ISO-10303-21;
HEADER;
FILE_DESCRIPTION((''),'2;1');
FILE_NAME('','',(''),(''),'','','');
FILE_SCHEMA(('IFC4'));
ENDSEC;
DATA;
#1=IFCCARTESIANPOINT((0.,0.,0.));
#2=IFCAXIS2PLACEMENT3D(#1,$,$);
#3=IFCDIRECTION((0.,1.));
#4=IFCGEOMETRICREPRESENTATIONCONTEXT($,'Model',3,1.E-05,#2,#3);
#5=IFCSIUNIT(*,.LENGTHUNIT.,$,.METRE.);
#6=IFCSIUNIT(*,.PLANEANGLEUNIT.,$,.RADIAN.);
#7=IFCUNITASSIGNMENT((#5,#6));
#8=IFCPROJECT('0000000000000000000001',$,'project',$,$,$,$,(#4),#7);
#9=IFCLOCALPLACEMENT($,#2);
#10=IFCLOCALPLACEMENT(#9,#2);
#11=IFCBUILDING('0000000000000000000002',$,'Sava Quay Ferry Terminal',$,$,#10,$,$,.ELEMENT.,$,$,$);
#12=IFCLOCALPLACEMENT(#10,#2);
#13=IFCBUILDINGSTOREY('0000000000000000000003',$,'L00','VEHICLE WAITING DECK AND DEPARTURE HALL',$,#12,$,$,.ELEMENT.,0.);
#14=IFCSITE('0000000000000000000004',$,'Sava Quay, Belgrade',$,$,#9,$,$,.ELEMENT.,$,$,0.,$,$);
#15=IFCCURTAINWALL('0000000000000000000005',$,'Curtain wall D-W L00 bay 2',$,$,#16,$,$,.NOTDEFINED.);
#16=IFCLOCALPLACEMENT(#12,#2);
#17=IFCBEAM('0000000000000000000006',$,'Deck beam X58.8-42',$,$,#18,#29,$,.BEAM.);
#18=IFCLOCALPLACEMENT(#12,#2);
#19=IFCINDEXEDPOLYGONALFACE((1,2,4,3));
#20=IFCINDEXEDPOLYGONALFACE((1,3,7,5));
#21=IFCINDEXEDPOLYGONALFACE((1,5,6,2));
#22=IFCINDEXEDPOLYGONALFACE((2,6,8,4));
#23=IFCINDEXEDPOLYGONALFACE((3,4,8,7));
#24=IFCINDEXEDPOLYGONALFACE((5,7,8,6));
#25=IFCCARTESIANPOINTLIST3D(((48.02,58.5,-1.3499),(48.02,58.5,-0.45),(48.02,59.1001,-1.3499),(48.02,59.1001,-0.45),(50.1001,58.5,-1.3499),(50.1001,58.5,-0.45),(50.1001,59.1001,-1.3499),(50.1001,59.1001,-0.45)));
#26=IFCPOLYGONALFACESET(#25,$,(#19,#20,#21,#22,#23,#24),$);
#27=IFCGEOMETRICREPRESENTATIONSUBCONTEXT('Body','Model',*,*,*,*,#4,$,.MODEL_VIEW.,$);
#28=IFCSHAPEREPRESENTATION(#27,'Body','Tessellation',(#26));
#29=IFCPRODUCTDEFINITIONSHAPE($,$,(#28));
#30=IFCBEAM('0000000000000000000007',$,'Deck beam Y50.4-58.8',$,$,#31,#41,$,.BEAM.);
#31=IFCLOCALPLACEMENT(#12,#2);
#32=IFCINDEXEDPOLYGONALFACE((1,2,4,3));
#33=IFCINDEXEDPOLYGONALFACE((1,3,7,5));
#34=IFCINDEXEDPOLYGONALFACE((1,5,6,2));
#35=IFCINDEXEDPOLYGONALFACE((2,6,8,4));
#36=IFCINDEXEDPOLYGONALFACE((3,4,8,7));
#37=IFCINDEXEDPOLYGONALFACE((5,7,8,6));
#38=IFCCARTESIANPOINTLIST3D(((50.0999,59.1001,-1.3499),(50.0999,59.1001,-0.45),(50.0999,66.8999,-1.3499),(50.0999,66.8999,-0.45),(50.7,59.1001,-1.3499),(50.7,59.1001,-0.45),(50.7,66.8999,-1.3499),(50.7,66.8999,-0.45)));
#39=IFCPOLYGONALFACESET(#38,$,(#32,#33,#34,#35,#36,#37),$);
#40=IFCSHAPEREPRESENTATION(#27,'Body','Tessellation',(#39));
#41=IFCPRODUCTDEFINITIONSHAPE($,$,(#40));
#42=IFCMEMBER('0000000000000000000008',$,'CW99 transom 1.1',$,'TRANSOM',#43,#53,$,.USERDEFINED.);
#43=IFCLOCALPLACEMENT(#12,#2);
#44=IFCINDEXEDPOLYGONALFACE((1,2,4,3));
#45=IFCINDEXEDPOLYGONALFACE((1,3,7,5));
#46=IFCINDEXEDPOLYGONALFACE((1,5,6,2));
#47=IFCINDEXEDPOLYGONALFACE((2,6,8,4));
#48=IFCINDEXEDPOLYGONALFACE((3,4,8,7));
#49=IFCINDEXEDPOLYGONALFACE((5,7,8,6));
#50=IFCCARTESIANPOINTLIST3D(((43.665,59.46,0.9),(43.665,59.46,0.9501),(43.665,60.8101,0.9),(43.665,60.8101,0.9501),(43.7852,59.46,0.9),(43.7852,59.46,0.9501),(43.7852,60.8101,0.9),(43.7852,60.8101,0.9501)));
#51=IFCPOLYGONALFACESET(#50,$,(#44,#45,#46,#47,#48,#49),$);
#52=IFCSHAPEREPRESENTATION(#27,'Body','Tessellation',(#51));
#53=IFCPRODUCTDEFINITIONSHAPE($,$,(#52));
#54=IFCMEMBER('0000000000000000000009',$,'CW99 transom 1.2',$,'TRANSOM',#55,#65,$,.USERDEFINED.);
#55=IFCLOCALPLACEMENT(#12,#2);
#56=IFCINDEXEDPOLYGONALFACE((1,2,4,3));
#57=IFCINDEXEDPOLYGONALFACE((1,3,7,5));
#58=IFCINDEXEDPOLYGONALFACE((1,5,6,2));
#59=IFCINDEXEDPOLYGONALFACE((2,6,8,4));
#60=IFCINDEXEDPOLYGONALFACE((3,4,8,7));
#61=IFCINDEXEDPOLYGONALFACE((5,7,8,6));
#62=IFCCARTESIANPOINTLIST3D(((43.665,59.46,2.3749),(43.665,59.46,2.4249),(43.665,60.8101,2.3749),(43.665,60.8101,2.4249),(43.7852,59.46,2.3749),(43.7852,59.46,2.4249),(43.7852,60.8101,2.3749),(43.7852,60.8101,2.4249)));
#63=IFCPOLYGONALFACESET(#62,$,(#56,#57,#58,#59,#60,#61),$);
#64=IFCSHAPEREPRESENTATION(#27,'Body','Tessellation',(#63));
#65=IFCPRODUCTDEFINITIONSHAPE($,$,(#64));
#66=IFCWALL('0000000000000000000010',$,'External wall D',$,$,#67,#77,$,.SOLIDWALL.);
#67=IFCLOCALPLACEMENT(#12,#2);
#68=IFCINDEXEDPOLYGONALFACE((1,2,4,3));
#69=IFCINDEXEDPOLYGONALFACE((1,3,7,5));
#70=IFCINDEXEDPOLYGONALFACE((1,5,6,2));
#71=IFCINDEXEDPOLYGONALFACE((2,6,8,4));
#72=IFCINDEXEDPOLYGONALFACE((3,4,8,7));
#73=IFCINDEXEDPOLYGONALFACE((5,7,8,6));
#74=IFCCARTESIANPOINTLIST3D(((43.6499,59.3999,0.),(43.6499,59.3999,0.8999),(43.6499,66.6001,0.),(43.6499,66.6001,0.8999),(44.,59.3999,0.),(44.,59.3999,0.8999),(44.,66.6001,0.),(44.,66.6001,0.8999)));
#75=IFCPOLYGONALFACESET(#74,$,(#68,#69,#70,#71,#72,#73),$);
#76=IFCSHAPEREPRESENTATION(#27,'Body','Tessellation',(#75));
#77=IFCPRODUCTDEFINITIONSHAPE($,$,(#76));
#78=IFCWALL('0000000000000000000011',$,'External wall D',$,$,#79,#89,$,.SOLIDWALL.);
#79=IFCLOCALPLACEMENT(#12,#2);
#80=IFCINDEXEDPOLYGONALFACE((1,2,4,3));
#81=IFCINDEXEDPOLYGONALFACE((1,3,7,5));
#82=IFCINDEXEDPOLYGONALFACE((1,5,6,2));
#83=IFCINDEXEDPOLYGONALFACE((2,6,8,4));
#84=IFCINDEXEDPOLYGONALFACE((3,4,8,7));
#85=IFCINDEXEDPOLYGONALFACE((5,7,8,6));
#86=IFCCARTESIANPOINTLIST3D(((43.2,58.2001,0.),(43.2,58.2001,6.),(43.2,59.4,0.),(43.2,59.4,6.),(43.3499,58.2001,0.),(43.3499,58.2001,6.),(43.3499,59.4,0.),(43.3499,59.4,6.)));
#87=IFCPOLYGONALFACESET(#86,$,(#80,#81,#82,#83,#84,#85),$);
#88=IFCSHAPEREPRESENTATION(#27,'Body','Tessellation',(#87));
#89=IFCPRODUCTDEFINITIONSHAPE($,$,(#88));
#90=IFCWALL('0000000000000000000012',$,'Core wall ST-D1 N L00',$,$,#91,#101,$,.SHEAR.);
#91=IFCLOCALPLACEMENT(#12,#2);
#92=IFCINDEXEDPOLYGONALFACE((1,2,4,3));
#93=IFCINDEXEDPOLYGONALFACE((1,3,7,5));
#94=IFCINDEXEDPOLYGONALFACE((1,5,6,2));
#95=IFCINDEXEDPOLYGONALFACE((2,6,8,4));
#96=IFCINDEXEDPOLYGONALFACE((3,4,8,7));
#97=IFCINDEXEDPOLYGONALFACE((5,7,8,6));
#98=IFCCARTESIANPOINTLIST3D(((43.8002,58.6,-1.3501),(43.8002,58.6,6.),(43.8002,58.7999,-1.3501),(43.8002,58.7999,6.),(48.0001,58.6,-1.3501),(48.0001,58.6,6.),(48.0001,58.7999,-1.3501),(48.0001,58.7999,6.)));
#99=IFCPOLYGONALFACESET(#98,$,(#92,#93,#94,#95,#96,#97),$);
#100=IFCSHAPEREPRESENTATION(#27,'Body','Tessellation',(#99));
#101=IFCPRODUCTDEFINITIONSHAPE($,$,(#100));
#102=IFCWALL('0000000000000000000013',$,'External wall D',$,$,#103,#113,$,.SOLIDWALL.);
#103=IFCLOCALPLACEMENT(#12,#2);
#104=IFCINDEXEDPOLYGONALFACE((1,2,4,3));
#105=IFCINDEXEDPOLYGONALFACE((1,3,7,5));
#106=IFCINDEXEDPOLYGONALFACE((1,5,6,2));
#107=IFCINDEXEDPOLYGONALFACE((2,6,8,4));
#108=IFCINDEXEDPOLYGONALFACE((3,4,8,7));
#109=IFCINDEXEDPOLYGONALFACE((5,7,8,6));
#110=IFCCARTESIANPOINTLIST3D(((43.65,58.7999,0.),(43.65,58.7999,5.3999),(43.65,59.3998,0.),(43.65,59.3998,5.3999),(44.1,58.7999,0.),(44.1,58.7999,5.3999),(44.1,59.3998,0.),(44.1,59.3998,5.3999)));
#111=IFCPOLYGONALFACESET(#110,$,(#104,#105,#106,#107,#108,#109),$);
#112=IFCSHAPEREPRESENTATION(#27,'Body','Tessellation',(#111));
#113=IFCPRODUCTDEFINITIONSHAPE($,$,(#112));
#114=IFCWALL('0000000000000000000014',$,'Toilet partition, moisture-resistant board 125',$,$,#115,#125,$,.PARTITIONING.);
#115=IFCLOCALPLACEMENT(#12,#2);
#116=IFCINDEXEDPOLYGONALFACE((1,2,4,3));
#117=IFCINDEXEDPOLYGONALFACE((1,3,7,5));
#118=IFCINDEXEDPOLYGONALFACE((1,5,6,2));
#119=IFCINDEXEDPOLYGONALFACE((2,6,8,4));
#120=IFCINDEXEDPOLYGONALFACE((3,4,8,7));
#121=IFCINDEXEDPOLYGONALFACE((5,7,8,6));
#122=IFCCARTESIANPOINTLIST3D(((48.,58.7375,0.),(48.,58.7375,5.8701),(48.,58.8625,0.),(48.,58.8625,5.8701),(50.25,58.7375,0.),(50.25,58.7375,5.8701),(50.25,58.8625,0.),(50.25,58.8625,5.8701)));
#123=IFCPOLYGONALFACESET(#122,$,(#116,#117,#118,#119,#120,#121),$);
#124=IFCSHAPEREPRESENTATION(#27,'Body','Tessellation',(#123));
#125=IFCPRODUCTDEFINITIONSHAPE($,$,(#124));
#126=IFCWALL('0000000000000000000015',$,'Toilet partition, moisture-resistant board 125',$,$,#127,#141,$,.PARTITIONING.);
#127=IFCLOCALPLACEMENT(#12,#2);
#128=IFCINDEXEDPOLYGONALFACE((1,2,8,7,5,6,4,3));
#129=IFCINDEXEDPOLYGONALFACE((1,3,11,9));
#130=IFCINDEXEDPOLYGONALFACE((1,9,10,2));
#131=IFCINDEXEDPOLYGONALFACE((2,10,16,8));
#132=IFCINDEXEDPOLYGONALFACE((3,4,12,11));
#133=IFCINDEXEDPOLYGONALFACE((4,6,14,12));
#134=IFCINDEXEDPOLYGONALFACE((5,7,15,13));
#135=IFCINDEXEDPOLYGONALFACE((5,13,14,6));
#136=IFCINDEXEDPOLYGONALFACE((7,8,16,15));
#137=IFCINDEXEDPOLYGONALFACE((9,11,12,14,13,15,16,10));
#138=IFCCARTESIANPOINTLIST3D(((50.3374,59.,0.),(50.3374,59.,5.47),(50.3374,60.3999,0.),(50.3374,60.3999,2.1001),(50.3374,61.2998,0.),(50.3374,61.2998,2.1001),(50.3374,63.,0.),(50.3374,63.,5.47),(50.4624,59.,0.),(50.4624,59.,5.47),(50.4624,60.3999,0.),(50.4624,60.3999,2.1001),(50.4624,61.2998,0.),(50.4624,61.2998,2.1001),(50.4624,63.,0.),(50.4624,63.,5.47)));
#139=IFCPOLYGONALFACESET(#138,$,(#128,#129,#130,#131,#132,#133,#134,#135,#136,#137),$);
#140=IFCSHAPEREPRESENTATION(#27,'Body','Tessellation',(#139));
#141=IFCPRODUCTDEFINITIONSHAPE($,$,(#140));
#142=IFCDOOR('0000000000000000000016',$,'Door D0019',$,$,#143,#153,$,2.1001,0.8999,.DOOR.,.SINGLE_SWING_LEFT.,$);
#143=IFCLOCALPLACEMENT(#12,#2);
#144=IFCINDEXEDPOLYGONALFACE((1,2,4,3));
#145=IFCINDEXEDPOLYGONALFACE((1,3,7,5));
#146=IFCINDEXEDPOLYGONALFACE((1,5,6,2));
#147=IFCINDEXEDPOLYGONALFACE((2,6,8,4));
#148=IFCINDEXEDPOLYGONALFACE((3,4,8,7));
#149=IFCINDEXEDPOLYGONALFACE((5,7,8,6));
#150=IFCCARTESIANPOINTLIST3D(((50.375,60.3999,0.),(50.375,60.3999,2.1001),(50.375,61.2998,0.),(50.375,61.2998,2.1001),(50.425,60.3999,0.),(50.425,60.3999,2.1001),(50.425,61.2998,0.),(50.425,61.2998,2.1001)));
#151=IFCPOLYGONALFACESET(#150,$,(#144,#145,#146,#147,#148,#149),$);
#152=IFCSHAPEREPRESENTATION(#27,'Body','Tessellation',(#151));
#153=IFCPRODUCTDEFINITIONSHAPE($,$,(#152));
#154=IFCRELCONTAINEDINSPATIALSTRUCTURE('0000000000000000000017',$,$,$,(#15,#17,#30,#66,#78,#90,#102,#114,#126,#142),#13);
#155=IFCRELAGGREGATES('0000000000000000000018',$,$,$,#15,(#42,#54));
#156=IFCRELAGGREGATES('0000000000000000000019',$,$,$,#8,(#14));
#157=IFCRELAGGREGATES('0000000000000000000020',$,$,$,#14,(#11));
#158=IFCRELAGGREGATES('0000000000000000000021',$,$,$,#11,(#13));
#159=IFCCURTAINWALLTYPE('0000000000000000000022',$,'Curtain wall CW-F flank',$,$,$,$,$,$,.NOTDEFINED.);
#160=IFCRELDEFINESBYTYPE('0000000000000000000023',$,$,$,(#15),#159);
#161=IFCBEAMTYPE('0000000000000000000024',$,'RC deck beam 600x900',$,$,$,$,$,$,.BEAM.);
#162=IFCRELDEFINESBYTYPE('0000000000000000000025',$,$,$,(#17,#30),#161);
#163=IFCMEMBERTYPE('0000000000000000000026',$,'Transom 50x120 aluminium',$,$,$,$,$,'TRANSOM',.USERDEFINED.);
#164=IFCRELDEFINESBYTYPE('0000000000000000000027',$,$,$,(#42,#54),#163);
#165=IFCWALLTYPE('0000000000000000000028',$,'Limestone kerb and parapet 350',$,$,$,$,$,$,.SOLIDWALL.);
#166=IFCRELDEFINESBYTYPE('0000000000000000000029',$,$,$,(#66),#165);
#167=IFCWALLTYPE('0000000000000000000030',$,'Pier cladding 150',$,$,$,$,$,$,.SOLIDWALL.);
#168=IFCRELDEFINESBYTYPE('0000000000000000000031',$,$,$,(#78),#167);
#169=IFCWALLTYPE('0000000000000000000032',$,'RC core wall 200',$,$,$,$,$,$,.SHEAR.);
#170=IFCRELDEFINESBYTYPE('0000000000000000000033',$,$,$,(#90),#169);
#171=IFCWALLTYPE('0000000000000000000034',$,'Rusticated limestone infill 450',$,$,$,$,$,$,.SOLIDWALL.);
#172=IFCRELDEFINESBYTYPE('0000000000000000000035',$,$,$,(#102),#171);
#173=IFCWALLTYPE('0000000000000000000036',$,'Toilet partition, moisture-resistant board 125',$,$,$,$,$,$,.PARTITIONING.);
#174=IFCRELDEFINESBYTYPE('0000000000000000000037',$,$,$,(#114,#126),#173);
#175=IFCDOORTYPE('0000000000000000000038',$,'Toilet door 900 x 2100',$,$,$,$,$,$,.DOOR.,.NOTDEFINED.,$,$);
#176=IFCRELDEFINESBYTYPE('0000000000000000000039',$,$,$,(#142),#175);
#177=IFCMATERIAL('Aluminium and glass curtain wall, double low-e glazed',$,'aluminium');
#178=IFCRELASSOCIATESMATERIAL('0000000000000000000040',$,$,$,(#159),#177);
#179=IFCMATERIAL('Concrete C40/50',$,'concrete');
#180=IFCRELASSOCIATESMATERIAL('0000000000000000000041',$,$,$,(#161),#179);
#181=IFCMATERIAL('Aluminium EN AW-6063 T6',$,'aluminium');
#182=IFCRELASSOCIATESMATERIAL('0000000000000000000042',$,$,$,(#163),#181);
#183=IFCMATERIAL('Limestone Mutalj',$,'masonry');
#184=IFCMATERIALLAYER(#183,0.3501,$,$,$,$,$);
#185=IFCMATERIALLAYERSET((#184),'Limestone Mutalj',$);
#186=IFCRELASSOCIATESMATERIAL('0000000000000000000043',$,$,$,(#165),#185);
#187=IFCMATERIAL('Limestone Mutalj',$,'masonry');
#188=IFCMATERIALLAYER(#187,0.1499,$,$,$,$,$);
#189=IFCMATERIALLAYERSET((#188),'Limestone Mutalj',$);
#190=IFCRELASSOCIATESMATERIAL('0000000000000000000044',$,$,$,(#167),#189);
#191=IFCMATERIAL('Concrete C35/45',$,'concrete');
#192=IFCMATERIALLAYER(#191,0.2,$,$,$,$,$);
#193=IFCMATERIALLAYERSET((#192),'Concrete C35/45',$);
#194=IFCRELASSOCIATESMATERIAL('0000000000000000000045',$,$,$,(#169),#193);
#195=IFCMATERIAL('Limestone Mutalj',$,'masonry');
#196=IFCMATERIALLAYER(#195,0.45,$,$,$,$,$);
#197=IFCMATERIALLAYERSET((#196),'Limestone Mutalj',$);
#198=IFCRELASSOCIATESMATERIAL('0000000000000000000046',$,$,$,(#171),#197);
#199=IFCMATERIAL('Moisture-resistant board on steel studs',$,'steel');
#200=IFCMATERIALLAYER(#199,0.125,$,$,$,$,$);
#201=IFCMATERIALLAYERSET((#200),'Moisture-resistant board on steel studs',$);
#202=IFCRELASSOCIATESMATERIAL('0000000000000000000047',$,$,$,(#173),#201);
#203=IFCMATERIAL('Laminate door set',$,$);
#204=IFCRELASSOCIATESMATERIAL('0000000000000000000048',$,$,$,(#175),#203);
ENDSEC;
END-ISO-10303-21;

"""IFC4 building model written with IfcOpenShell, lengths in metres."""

from ifc_helpers import new_model, si_unit, direction, frame, frame_2d, origin, origin_2d, place, context, subcontext, project, spatial, rectangle, extrude, material, layer, layer_set, material_profile, profile_set, type_object, element, fill, aggregate, save


model = new_model("IFC4")

# Units and contexts
model_context = context("Model", 3, precision=1e-05, world=origin(), true_north=direction((0.0, 1.0)))
body_context = subcontext(model_context, "Body", "Model", "MODEL_VIEW")
ifc_project = project(units=[si_unit("LENGTHUNIT", "METRE"), si_unit("PLANEANGLEUNIT", "RADIAN")], contexts=[model_context])

# Site, building, storey
site_placement = place(None, origin())
site = spatial("IfcSite", under=ifc_project, at=site_placement, Name="Sava Quay, Belgrade", CompositionType="ELEMENT", RefElevation=0.0)
building_placement = place(site_placement, origin())
building = spatial("IfcBuilding", under=site, at=building_placement, Name="Sava Quay Ferry Terminal", CompositionType="ELEMENT")
storey_placement = place(building_placement, origin())
storey = spatial("IfcBuildingStorey", under=building, at=storey_placement, Name="L00", Description="VEHICLE WAITING DECK AND DEPARTURE HALL", CompositionType="ELEMENT", Elevation=0.0)

# Curtain wall
ifc_material_1 = material(Name="Aluminium and glass curtain wall, double low-e glazed", Category="aluminium")
curtain_wall_type = type_object("IfcCurtainWallType", Name="Curtain wall CW-F flank", PredefinedType="NOTDEFINED", material=ifc_material_1)
curtain_wall_placement = place(storey_placement, origin())
curtain_wall = element("IfcCurtainWall", 1, at=curtain_wall_placement, inside=storey, type_object=curtain_wall_type, Name="Curtain wall D-W L00 bay 2", PredefinedType="NOTDEFINED")

# Beams
ifc_material_2 = material(Name="Concrete C40/50", Category="concrete")
ifc_material_profile_1 = material_profile(ifc_material_2, rectangle(XDim=0.6001, YDim=0.8999, at=origin_2d()), Name="RC 600x900")
ifc_profile_set_1 = profile_set([ifc_material_profile_1], Name="Concrete C40/50")
beam_type_1 = type_object("IfcBeamType", Name="RC deck beam 600x900", PredefinedType="BEAM", material=ifc_profile_set_1)
beam_1_placement = place(storey_placement, frame((48.02, 58.8, -0.8999), z_axis=(1.0, 0.0, 0.0), x_axis=(0.0, 1.0, 0.0)))
element("IfcBeam", 2, at=beam_1_placement, inside=storey, type_object=beam_type_1, Name="Deck beam X58.8-42", PredefinedType="BEAM", context=body_context, shape_type="SweptSolid", body=[
    extrude(rectangle(XDim=0.6001, YDim=0.8999, at=origin_2d()), origin(), (0.0, 0.0, 1.0), 2.0801),
])
beam_2_placement = place(storey_placement, frame((50.3999, 59.1001, -0.8999), z_axis=(0.0, 1.0, 0.0), x_axis=(-1.0, 0.0, 0.0)))
element("IfcBeam", 3, at=beam_2_placement, inside=storey, type_object=beam_type_1, Name="Deck beam Y50.4-58.8", PredefinedType="BEAM", context=body_context, shape_type="SweptSolid", body=[
    extrude(rectangle(XDim=0.6001, YDim=0.8999, at=origin_2d()), origin(), (0.0, 0.0, 1.0), 7.7998),
])

# Members
ifc_material_3 = material(Name="Aluminium EN AW-6063 T6", Category="aluminium")
ifc_material_profile_2 = material_profile(ifc_material_3, rectangle(XDim=0.1201, YDim=0.05, at=origin_2d()), Name="Transom 50x120 aluminium")
ifc_profile_set_2 = profile_set([ifc_material_profile_2], Name="Aluminium EN AW-6063 T6")
member_type_1 = type_object("IfcMemberType", Name="Transom 50x120 aluminium", ElementType="TRANSOM", PredefinedType="USERDEFINED", material=ifc_profile_set_2)
member_1_placement = place(storey_placement, frame((43.7251, 59.46, 0.925), z_axis=(0.0, 1.0, 0.0), x_axis=(-1.0, 0.0, 0.0)))
member_1 = element("IfcMember", 4, at=member_1_placement, type_object=member_type_1, Name="CW99 transom 1.1", ObjectType="TRANSOM", PredefinedType="USERDEFINED", context=body_context, shape_type="SweptSolid", body=[
    extrude(rectangle(XDim=0.1201, YDim=0.05, at=origin_2d()), origin(), (0.0, 0.0, 1.0), 1.3501),
])
member_2_placement = place(storey_placement, frame((43.7251, 59.46, 2.3999), z_axis=(0.0, 1.0, 0.0), x_axis=(-1.0, 0.0, 0.0)))
member_2 = element("IfcMember", 5, at=member_2_placement, type_object=member_type_1, Name="CW99 transom 1.2", ObjectType="TRANSOM", PredefinedType="USERDEFINED", context=body_context, shape_type="SweptSolid", body=[
    extrude(rectangle(XDim=0.1201, YDim=0.05, at=origin_2d()), origin(), (0.0, 0.0, 1.0), 1.3501),
])
aggregate(curtain_wall, [member_1, member_2])

# Walls
ifc_material_4 = material(Name="Limestone Mutalj", Category="masonry")
ifc_layer_1 = layer(ifc_material_4, 0.3501)
ifc_layer_set_1 = layer_set([ifc_layer_1], Name="Limestone Mutalj")
wall_type_1 = type_object("IfcWallType", Name="Limestone kerb and parapet 350", PredefinedType="SOLIDWALL", material=ifc_layer_set_1)
wall_1_placement = place(storey_placement, frame((43.825, 59.3999, 0.0), z_axis=(0.0, 0.0, 1.0), x_axis=(0.0, 1.0, 0.0)))
element("IfcWall", 6, at=wall_1_placement, inside=storey, type_object=wall_type_1, Name="External wall D", PredefinedType="SOLIDWALL", context=body_context, shape_type="SweptSolid", body=[
    extrude(rectangle(XDim=7.2002, YDim=0.3501, at=frame_2d((3.6001, 0.0))), origin(), (0.0, 0.0, 1.0), 0.8999),
])
ifc_material_5 = material(Name="Limestone Mutalj", Category="masonry")
ifc_layer_2 = layer(ifc_material_5, 0.1499)
ifc_layer_set_2 = layer_set([ifc_layer_2], Name="Limestone Mutalj")
wall_type_2 = type_object("IfcWallType", Name="Pier cladding 150", PredefinedType="SOLIDWALL", material=ifc_layer_set_2)
wall_2_placement = place(storey_placement, frame((43.2749, 58.2, 0.0), z_axis=(0.0, 0.0, 1.0), x_axis=(0.0, 1.0, 0.0)))
element("IfcWall", 7, at=wall_2_placement, inside=storey, type_object=wall_type_2, Name="External wall D", PredefinedType="SOLIDWALL", context=body_context, shape_type="SweptSolid", body=[
    extrude(rectangle(XDim=1.2, YDim=0.1499, at=frame_2d((0.6001, 0.0))), origin(), (0.0, 0.0, 1.0), 6.0),
])
ifc_material_6 = material(Name="Concrete C35/45", Category="concrete")
ifc_layer_3 = layer(ifc_material_6, 0.2)
ifc_layer_set_3 = layer_set([ifc_layer_3], Name="Concrete C35/45")
wall_type_3 = type_object("IfcWallType", Name="RC core wall 200", PredefinedType="SHEAR", material=ifc_layer_set_3)
wall_3_placement = place(storey_placement, frame((43.8, 58.7, -1.3501), z_axis=(0.0, 0.0, 1.0), x_axis=(1.0, 0.0, 0.0)))
element("IfcWall", 8, at=wall_3_placement, inside=storey, type_object=wall_type_3, Name="Core wall ST-D1 N L00", PredefinedType="SHEAR", context=body_context, shape_type="SweptSolid", body=[
    extrude(rectangle(XDim=4.2, YDim=0.2, at=frame_2d((2.1001, 0.0))), origin(), (0.0, 0.0, 1.0), 7.3501),
])
ifc_material_7 = material(Name="Limestone Mutalj", Category="masonry")
ifc_layer_4 = layer(ifc_material_7, 0.45)
ifc_layer_set_4 = layer_set([ifc_layer_4], Name="Limestone Mutalj")
wall_type_4 = type_object("IfcWallType", Name="Rusticated limestone infill 450", PredefinedType="SOLIDWALL", material=ifc_layer_set_4)
wall_4_placement = place(storey_placement, frame((43.875, 58.8, 0.0), z_axis=(0.0, 0.0, 1.0), x_axis=(0.0, 1.0, 0.0)))
element("IfcWall", 9, at=wall_4_placement, inside=storey, type_object=wall_type_4, Name="External wall D", PredefinedType="SOLIDWALL", context=body_context, shape_type="SweptSolid", body=[
    extrude(rectangle(XDim=0.5999, YDim=0.45, at=frame_2d((0.2998, 0.0))), origin(), (0.0, 0.0, 1.0), 5.3999),
])
ifc_material_8 = material(Name="Moisture-resistant board on steel studs", Category="steel")
ifc_layer_5 = layer(ifc_material_8, 0.125)
ifc_layer_set_5 = layer_set([ifc_layer_5], Name="Moisture-resistant board on steel studs")
wall_type_5 = type_object("IfcWallType", Name="Toilet partition, moisture-resistant board 125", PredefinedType="PARTITIONING", material=ifc_layer_set_5)
wall_5_placement = place(storey_placement, frame((48.0, 58.8, 0.0), z_axis=(0.0, 0.0, 1.0), x_axis=(1.0, 0.0, 0.0)))
element("IfcWall", 10, at=wall_5_placement, inside=storey, type_object=wall_type_5, Name="Toilet partition, moisture-resistant board 125", PredefinedType="PARTITIONING", context=body_context, shape_type="SweptSolid", body=[
    extrude(rectangle(XDim=2.25, YDim=0.125, at=frame_2d((1.125, 0.0))), origin(), (0.0, 0.0, 1.0), 5.8701),
])

# Wall, opening, door
wall_6_placement = place(storey_placement, frame((50.3999, 59.0, 0.0), z_axis=(0.0, 0.0, 1.0), x_axis=(0.0, 1.0, 0.0)))
wall_6 = element("IfcWall", 11, at=wall_6_placement, inside=storey, type_object=wall_type_5, Name="Toilet partition, moisture-resistant board 125", PredefinedType="PARTITIONING", context=body_context, shape_type="SweptSolid", body=[
    extrude(rectangle(XDim=4.0, YDim=0.125, at=frame_2d((2.0, 0.0))), origin(), (0.0, 0.0, 1.0), 5.47),
])
opening_placement = place(wall_6_placement, frame((1.3999, 0.0, 0.0)))
opening = element("IfcOpeningElement", 12, at=opening_placement, cuts=wall_6, PredefinedType="OPENING", context=body_context, shape_type="SweptSolid", body=[
    extrude(rectangle(XDim=0.8999, YDim=2.1001, at=frame_2d((0.45, 1.05))), frame((0.0, 0.0625, 0.0), z_axis=(0.0, -1.0, 0.0), x_axis=(1.0, 0.0, 0.0)), (0.0, 0.0, 1.0), 0.125),
])
ifc_material_9 = material(Name="Laminate door set")
door_type = type_object("IfcDoorType", Name="Toilet door 900 x 2100", OperationType="NOTDEFINED", PredefinedType="DOOR", material=ifc_material_9)
door_placement = place(opening_placement, origin())
door = element("IfcDoor", 13, at=door_placement, inside=storey, type_object=door_type, Name="Door D0019", OperationType="SINGLE_SWING_LEFT", OverallHeight=2.1001, OverallWidth=0.8999, PredefinedType="DOOR", context=body_context, shape_type="SweptSolid", body=[
    extrude(rectangle(XDim=0.8999, YDim=2.1001, at=frame_2d((0.45, 1.05))), frame((0.0, 0.0249, 0.0), z_axis=(0.0, -1.0, 0.0), x_axis=(1.0, 0.0, 0.0)), (0.0, 0.0, 1.0), 0.05),
])
fill(opening, door)

save(model, "model.ifc")
